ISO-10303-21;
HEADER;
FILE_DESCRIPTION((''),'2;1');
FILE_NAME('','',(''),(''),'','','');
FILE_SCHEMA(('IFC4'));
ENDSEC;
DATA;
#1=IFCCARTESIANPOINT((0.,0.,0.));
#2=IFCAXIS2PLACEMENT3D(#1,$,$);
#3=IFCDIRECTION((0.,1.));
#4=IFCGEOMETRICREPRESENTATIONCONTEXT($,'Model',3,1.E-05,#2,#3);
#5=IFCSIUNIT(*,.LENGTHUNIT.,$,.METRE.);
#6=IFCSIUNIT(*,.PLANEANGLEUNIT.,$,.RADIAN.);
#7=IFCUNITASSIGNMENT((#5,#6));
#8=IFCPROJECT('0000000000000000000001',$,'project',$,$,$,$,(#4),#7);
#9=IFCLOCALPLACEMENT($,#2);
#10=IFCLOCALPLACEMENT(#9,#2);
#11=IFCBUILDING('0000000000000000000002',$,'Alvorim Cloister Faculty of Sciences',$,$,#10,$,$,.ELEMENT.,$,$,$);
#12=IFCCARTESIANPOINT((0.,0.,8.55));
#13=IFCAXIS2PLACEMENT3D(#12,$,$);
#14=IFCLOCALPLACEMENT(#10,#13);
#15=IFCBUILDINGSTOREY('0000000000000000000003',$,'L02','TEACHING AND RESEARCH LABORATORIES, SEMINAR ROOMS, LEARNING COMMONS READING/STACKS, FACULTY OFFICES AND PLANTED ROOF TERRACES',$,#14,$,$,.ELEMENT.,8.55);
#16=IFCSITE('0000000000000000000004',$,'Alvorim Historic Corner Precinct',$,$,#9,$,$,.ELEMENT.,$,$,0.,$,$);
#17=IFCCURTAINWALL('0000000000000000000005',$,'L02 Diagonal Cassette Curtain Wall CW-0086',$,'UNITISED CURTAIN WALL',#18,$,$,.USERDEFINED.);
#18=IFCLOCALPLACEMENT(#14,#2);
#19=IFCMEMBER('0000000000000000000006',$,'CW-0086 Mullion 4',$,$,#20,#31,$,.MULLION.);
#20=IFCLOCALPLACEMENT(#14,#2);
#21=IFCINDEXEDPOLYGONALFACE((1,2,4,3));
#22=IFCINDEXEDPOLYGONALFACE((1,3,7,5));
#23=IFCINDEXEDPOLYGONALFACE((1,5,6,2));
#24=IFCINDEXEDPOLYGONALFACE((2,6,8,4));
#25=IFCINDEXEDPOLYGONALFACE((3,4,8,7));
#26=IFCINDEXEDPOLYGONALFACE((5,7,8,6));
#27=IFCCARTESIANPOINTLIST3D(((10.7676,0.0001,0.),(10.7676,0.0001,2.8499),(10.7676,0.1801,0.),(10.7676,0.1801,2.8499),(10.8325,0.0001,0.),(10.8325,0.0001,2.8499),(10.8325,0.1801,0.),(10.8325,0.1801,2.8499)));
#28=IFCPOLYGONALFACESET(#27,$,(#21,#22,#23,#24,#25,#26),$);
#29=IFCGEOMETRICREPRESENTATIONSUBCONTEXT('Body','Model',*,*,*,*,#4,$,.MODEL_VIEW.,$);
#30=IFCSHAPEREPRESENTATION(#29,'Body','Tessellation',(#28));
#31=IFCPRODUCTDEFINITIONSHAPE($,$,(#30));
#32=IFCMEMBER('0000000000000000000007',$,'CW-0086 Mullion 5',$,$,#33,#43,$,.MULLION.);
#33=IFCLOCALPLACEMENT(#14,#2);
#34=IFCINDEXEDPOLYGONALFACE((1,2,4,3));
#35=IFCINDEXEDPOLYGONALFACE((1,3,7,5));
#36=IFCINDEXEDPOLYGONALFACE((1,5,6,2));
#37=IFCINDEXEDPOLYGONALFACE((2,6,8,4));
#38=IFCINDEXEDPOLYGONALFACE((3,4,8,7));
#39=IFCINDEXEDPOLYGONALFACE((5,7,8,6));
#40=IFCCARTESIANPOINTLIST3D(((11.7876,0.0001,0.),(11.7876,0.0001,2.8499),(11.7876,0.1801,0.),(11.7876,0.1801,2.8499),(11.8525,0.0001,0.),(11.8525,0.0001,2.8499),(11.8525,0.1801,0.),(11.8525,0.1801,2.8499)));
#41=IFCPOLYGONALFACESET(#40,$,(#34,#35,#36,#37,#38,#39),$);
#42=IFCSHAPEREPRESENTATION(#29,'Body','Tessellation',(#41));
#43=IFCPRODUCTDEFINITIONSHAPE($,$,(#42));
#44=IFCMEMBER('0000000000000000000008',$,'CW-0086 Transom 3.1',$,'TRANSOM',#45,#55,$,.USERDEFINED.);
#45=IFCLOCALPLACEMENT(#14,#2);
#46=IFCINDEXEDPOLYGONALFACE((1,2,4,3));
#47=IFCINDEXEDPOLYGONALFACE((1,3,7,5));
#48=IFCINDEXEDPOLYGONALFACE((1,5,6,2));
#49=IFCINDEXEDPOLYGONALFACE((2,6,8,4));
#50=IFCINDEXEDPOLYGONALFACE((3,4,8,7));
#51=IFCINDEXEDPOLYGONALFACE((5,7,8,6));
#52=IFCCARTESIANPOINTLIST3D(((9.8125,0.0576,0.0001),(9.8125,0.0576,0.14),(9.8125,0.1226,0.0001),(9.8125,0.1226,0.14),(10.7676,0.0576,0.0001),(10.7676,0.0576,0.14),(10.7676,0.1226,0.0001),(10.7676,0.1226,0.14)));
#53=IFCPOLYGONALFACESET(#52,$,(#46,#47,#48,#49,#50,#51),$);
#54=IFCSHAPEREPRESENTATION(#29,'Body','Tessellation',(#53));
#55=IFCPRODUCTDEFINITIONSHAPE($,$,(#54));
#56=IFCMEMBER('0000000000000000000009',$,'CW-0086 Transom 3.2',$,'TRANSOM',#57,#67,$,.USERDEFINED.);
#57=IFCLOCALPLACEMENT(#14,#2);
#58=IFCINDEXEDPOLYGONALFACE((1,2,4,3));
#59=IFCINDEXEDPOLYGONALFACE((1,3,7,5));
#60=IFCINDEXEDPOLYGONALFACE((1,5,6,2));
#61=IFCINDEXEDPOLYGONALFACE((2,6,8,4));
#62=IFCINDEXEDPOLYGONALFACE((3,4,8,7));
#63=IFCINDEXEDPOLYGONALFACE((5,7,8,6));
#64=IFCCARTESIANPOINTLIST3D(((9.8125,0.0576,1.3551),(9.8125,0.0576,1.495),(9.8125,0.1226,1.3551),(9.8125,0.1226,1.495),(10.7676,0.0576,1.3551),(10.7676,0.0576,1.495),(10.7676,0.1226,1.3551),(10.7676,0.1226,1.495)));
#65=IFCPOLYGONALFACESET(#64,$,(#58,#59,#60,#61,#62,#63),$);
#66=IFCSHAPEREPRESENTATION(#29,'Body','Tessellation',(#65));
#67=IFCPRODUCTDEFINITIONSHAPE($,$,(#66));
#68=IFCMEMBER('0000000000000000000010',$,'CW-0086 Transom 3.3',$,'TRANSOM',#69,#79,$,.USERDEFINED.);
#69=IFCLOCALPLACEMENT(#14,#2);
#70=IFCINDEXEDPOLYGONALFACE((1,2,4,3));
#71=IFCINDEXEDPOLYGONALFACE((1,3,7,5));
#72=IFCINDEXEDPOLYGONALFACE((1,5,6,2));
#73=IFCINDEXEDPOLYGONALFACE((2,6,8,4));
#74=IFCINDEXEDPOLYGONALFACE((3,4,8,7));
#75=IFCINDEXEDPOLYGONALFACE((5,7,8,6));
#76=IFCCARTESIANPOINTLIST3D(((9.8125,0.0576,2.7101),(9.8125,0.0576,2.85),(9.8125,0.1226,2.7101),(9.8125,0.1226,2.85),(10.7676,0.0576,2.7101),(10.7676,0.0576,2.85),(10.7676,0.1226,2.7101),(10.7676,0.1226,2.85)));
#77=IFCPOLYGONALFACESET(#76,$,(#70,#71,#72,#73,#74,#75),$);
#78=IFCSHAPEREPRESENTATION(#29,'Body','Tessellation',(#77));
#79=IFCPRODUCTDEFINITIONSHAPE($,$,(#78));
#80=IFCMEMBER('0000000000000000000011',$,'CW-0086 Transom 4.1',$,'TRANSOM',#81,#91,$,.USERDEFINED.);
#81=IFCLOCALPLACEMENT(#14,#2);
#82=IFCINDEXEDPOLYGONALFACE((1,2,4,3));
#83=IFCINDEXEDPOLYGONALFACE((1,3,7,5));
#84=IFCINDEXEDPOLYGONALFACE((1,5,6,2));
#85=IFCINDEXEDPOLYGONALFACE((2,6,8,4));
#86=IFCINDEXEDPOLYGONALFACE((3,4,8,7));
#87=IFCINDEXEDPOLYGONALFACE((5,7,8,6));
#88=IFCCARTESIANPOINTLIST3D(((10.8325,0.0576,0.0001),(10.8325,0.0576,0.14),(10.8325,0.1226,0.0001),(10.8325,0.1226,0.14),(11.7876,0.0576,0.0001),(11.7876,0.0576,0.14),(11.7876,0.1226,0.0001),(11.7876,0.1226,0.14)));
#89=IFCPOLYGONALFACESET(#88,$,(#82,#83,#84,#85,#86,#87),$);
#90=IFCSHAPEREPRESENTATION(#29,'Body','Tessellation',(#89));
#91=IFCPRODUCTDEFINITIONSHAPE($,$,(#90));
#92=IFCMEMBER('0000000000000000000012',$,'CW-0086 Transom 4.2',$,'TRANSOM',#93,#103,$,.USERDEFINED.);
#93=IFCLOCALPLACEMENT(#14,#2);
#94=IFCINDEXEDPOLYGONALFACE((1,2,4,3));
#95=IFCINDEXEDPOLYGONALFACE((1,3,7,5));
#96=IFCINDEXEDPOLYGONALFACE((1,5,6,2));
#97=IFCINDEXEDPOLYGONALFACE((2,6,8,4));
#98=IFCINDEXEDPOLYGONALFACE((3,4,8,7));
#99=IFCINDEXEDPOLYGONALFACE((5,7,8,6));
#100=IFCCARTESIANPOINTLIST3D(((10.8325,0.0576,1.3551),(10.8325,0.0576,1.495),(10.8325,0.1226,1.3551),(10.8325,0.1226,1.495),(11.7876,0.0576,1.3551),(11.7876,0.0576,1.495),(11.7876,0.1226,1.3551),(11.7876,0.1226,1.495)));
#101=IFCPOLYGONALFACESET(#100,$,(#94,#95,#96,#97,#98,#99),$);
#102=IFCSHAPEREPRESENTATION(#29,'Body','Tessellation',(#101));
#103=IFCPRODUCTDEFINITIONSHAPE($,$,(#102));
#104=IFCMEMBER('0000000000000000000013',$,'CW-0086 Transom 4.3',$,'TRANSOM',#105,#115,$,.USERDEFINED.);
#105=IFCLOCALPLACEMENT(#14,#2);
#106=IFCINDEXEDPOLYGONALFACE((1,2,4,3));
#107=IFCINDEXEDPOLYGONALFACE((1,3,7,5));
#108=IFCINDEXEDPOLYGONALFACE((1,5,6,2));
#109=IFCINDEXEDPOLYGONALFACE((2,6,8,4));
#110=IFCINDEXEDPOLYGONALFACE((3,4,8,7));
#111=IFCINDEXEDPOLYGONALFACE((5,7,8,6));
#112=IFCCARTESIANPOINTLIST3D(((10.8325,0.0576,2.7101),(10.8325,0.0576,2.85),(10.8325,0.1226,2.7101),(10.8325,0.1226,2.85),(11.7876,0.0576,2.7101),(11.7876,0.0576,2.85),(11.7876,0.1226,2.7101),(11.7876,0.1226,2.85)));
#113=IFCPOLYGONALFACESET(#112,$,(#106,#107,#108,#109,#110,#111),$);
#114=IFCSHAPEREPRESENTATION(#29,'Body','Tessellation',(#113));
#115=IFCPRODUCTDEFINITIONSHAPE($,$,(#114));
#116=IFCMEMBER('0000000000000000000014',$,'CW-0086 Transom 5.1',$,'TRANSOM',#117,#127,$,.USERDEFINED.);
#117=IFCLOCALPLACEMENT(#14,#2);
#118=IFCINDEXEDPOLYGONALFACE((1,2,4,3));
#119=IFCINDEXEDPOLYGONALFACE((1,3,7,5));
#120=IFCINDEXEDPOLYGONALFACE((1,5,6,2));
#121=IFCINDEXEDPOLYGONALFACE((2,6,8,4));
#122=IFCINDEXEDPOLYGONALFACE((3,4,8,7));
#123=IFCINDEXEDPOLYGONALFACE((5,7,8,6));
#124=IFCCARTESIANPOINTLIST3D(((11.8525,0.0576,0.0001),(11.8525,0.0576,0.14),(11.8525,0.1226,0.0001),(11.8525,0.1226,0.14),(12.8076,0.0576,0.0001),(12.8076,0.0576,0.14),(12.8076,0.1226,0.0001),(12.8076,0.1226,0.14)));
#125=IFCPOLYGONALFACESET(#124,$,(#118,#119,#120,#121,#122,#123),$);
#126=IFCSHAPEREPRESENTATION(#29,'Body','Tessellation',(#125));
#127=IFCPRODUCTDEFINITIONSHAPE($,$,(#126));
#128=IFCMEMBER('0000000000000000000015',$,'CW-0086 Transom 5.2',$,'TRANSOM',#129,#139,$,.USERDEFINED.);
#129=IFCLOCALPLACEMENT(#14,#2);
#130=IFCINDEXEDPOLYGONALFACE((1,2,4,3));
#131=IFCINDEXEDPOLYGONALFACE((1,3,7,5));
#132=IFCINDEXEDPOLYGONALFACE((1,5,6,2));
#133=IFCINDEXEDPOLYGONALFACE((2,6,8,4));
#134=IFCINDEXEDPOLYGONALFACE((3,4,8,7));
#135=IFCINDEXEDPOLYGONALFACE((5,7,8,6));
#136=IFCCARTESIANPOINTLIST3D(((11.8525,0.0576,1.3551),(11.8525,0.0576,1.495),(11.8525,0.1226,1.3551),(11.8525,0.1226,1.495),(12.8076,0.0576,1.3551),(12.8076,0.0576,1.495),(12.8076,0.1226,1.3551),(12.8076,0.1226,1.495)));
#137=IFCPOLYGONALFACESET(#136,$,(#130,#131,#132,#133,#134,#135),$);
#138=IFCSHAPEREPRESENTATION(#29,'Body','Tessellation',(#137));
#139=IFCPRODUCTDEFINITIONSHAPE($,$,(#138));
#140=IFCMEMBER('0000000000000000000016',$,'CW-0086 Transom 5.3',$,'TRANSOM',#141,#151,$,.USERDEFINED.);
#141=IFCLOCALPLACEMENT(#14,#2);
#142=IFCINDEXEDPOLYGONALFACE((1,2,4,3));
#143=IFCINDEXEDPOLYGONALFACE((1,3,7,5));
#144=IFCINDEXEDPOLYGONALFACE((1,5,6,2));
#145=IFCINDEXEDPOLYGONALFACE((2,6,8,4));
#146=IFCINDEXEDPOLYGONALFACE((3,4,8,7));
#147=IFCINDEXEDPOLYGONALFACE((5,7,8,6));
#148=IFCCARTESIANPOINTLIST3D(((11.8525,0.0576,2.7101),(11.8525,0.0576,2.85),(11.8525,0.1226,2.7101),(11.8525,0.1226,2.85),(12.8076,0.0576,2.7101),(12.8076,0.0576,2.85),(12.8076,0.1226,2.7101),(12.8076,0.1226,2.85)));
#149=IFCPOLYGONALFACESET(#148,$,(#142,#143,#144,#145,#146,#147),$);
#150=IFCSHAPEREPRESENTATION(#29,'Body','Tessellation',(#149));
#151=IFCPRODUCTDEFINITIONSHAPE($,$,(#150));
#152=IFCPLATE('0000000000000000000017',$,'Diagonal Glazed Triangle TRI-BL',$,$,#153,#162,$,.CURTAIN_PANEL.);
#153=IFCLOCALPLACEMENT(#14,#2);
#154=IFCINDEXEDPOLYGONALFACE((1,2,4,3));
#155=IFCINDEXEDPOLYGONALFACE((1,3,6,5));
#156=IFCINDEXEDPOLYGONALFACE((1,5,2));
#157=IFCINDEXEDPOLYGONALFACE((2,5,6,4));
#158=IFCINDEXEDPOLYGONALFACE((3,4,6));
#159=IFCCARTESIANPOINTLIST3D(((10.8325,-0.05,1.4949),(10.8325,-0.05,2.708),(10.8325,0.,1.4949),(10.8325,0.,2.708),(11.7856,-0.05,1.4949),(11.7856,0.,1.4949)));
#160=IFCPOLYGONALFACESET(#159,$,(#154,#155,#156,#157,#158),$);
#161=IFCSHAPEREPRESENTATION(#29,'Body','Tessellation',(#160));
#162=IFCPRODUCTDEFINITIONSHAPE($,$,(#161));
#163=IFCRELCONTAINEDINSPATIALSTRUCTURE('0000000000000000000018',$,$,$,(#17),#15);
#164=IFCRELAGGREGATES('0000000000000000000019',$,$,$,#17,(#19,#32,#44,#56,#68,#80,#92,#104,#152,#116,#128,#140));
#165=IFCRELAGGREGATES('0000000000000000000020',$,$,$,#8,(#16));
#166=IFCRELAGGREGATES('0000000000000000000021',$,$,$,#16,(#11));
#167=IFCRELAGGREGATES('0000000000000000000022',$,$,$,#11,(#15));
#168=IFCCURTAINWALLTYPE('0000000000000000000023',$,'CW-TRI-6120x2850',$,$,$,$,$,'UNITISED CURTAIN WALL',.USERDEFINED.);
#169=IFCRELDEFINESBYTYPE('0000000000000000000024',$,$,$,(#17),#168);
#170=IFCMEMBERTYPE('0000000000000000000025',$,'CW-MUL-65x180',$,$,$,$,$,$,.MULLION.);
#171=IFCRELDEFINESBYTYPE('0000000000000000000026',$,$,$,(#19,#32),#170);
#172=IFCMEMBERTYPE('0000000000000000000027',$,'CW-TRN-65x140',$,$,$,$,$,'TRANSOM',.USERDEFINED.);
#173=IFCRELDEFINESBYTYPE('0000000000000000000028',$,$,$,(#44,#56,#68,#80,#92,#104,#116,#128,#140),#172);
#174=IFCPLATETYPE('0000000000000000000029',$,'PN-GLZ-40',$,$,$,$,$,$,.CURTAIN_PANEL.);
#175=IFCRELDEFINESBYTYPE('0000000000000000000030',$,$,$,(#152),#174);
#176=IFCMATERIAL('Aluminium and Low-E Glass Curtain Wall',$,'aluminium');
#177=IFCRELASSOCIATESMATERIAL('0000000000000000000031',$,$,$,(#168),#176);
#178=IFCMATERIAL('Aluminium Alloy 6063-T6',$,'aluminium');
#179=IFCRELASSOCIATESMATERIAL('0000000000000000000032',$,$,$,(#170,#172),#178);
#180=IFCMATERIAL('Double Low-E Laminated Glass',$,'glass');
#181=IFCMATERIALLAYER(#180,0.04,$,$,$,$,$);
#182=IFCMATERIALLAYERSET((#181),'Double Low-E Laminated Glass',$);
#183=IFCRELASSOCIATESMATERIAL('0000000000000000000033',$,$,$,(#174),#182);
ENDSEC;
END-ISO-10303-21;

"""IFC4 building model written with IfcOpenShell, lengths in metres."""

from ifc_helpers import new_model, si_unit, direction, frame, origin, origin_2d, place, context, subcontext, project, spatial, polyline, rectangle, outline, extrude, material, layer, layer_set, material_profile, profile_set, type_object, element, aggregate, save


model = new_model("IFC4")

# Units and contexts
model_context = context("Model", 3, precision=1e-05, world=origin(), true_north=direction((0.0, 1.0)))
body_context = subcontext(model_context, "Body", "Model", "MODEL_VIEW")
ifc_project = project(units=[si_unit("LENGTHUNIT", "METRE"), si_unit("PLANEANGLEUNIT", "RADIAN")], contexts=[model_context])

# Site, building, storey
site_placement = place(None, origin())
site = spatial("IfcSite", under=ifc_project, at=site_placement, Name="Alvorim Historic Corner Precinct", CompositionType="ELEMENT", RefElevation=0.0)
building_placement = place(site_placement, origin())
building = spatial("IfcBuilding", under=site, at=building_placement, Name="Alvorim Cloister Faculty of Sciences", CompositionType="ELEMENT")
storey_placement = place(building_placement, frame((0.0, 0.0, 8.55)))
storey = spatial("IfcBuildingStorey", under=building, at=storey_placement, Name="L02", Description="TEACHING AND RESEARCH LABORATORIES, SEMINAR ROOMS, LEARNING COMMONS READING/STACKS, FACULTY OFFICES AND PLANTED ROOF TERRACES", CompositionType="ELEMENT", Elevation=8.55)

# Curtain wall, members, plate
ifc_material_1 = material(Name="Aluminium and Low-E Glass Curtain Wall", Category="aluminium")
curtain_wall_type = type_object("IfcCurtainWallType", Name="CW-TRI-6120x2850", ElementType="UNITISED CURTAIN WALL", PredefinedType="USERDEFINED", material=ifc_material_1)
curtain_wall_placement = place(storey_placement, origin())
curtain_wall = element("IfcCurtainWall", 1, at=curtain_wall_placement, inside=storey, type_object=curtain_wall_type, Name="L02 Diagonal Cassette Curtain Wall CW-0086", ObjectType="UNITISED CURTAIN WALL", PredefinedType="USERDEFINED")
ifc_material_2 = material(Name="Aluminium Alloy 6063-T6", Category="aluminium")
ifc_material_profile_1 = material_profile(ifc_material_2, rectangle(XDim=0.0649, YDim=0.1799, at=origin_2d()), Name="ALU-MUL-65x180")
ifc_profile_set_1 = profile_set([ifc_material_profile_1], Name="Aluminium Alloy 6063-T6")
member_type_1 = type_object("IfcMemberType", Name="CW-MUL-65x180", PredefinedType="MULLION", material=ifc_profile_set_1)
member_1_placement = place(storey_placement, frame((10.8, 0.0901, 0.0), z_axis=(0.0, 0.0, 1.0), x_axis=(1.0, 0.0, 0.0)))
member_1 = element("IfcMember", 2, at=member_1_placement, type_object=member_type_1, Name="CW-0086 Mullion 4", PredefinedType="MULLION", context=body_context, shape_type="SweptSolid", body=[
    extrude(rectangle(XDim=0.0649, YDim=0.1799, at=origin_2d()), origin(), (0.0, 0.0, 1.0), 2.8499),
])
member_2_placement = place(storey_placement, frame((11.8201, 0.0901, 0.0), z_axis=(0.0, 0.0, 1.0), x_axis=(1.0, 0.0, 0.0)))
member_2 = element("IfcMember", 3, at=member_2_placement, type_object=member_type_1, Name="CW-0086 Mullion 5", PredefinedType="MULLION", context=body_context, shape_type="SweptSolid", body=[
    extrude(rectangle(XDim=0.0649, YDim=0.1799, at=origin_2d()), origin(), (0.0, 0.0, 1.0), 2.8499),
])
ifc_material_profile_2 = material_profile(ifc_material_2, rectangle(XDim=0.0649, YDim=0.1399, at=origin_2d()), Name="ALU-TRN-65x140")
ifc_profile_set_2 = profile_set([ifc_material_profile_2], Name="Aluminium Alloy 6063-T6")
member_type_2 = type_object("IfcMemberType", Name="CW-TRN-65x140", ElementType="TRANSOM", PredefinedType="USERDEFINED", material=ifc_profile_set_2)
member_3_placement = place(storey_placement, frame((9.8125, 0.0901, 0.0701), z_axis=(1.0, 0.0, 0.0), x_axis=(0.0, 1.0, 0.0)))
member_3 = element("IfcMember", 4, at=member_3_placement, type_object=member_type_2, Name="CW-0086 Transom 3.1", ObjectType="TRANSOM", PredefinedType="USERDEFINED", context=body_context, shape_type="SweptSolid", body=[
    extrude(rectangle(XDim=0.0649, YDim=0.1399, at=origin_2d()), origin(), (0.0, 0.0, 1.0), 0.9551),
])
member_4_placement = place(storey_placement, frame((9.8125, 0.0901, 1.425), z_axis=(1.0, 0.0, 0.0), x_axis=(0.0, 1.0, 0.0)))
member_4 = element("IfcMember", 5, at=member_4_placement, type_object=member_type_2, Name="CW-0086 Transom 3.2", ObjectType="TRANSOM", PredefinedType="USERDEFINED", context=body_context, shape_type="SweptSolid", body=[
    extrude(rectangle(XDim=0.0649, YDim=0.1399, at=origin_2d()), origin(), (0.0, 0.0, 1.0), 0.9551),
])
member_5_placement = place(storey_placement, frame((9.8125, 0.0901, 2.78), z_axis=(1.0, 0.0, 0.0), x_axis=(0.0, 1.0, 0.0)))
member_5 = element("IfcMember", 6, at=member_5_placement, type_object=member_type_2, Name="CW-0086 Transom 3.3", ObjectType="TRANSOM", PredefinedType="USERDEFINED", context=body_context, shape_type="SweptSolid", body=[
    extrude(rectangle(XDim=0.0649, YDim=0.1399, at=origin_2d()), origin(), (0.0, 0.0, 1.0), 0.9551),
])
member_6_placement = place(storey_placement, frame((10.8325, 0.0901, 0.0701), z_axis=(1.0, 0.0, 0.0), x_axis=(0.0, 1.0, 0.0)))
member_6 = element("IfcMember", 7, at=member_6_placement, type_object=member_type_2, Name="CW-0086 Transom 4.1", ObjectType="TRANSOM", PredefinedType="USERDEFINED", context=body_context, shape_type="SweptSolid", body=[
    extrude(rectangle(XDim=0.0649, YDim=0.1399, at=origin_2d()), origin(), (0.0, 0.0, 1.0), 0.9551),
])
member_7_placement = place(storey_placement, frame((10.8325, 0.0901, 1.425), z_axis=(1.0, 0.0, 0.0), x_axis=(0.0, 1.0, 0.0)))
member_7 = element("IfcMember", 8, at=member_7_placement, type_object=member_type_2, Name="CW-0086 Transom 4.2", ObjectType="TRANSOM", PredefinedType="USERDEFINED", context=body_context, shape_type="SweptSolid", body=[
    extrude(rectangle(XDim=0.0649, YDim=0.1399, at=origin_2d()), origin(), (0.0, 0.0, 1.0), 0.9551),
])
member_8_placement = place(storey_placement, frame((10.8325, 0.0901, 2.78), z_axis=(1.0, 0.0, 0.0), x_axis=(0.0, 1.0, 0.0)))
member_8 = element("IfcMember", 9, at=member_8_placement, type_object=member_type_2, Name="CW-0086 Transom 4.3", ObjectType="TRANSOM", PredefinedType="USERDEFINED", context=body_context, shape_type="SweptSolid", body=[
    extrude(rectangle(XDim=0.0649, YDim=0.1399, at=origin_2d()), origin(), (0.0, 0.0, 1.0), 0.9551),
])
member_9_placement = place(storey_placement, frame((11.8525, 0.0901, 0.0701), z_axis=(1.0, 0.0, 0.0), x_axis=(0.0, 1.0, 0.0)))
member_9 = element("IfcMember", 10, at=member_9_placement, type_object=member_type_2, Name="CW-0086 Transom 5.1", ObjectType="TRANSOM", PredefinedType="USERDEFINED", context=body_context, shape_type="SweptSolid", body=[
    extrude(rectangle(XDim=0.0649, YDim=0.1399, at=origin_2d()), origin(), (0.0, 0.0, 1.0), 0.9551),
])
member_10_placement = place(storey_placement, frame((11.8525, 0.0901, 1.425), z_axis=(1.0, 0.0, 0.0), x_axis=(0.0, 1.0, 0.0)))
member_10 = element("IfcMember", 11, at=member_10_placement, type_object=member_type_2, Name="CW-0086 Transom 5.2", ObjectType="TRANSOM", PredefinedType="USERDEFINED", context=body_context, shape_type="SweptSolid", body=[
    extrude(rectangle(XDim=0.0649, YDim=0.1399, at=origin_2d()), origin(), (0.0, 0.0, 1.0), 0.9551),
])
member_11_placement = place(storey_placement, frame((11.8525, 0.0901, 2.78), z_axis=(1.0, 0.0, 0.0), x_axis=(0.0, 1.0, 0.0)))
member_11 = element("IfcMember", 12, at=member_11_placement, type_object=member_type_2, Name="CW-0086 Transom 5.3", ObjectType="TRANSOM", PredefinedType="USERDEFINED", context=body_context, shape_type="SweptSolid", body=[
    extrude(rectangle(XDim=0.0649, YDim=0.1399, at=origin_2d()), origin(), (0.0, 0.0, 1.0), 0.9551),
])
ifc_material_3 = material(Name="Double Low-E Laminated Glass", Category="glass")
ifc_layer_1 = layer(ifc_material_3, 0.04)
ifc_layer_set_1 = layer_set([ifc_layer_1], Name="Double Low-E Laminated Glass")
plate_type = type_object("IfcPlateType", Name="PN-GLZ-40", PredefinedType="CURTAIN_PANEL", material=ifc_layer_set_1)
plate_1_placement = place(storey_placement, frame((10.8325, -0.0249, 1.4949), z_axis=(0.0, 0.0, 1.0), x_axis=(1.0, 0.0, 0.0)))
plate_1 = element("IfcPlate", 13, at=plate_1_placement, type_object=plate_type, Name="Diagonal Glazed Triangle TRI-BL", PredefinedType="CURTAIN_PANEL", context=body_context, shape_type="SweptSolid", body=[
    extrude(outline(polyline([(0.0, 0.0), (0.9531, 0.0), (0.0, 1.2131), (0.0, 0.0)])), frame((0.0, 0.0249, 0.0), z_axis=(0.0, -1.0, 0.0), x_axis=(1.0, 0.0, 0.0)), (0.0, 0.0, 1.0), 0.05),
])
aggregate(curtain_wall, [member_1, member_2, member_3, member_4, member_5, member_6, member_7, member_8, plate_1, member_9, member_10, member_11])

save(model, "model.ifc")
